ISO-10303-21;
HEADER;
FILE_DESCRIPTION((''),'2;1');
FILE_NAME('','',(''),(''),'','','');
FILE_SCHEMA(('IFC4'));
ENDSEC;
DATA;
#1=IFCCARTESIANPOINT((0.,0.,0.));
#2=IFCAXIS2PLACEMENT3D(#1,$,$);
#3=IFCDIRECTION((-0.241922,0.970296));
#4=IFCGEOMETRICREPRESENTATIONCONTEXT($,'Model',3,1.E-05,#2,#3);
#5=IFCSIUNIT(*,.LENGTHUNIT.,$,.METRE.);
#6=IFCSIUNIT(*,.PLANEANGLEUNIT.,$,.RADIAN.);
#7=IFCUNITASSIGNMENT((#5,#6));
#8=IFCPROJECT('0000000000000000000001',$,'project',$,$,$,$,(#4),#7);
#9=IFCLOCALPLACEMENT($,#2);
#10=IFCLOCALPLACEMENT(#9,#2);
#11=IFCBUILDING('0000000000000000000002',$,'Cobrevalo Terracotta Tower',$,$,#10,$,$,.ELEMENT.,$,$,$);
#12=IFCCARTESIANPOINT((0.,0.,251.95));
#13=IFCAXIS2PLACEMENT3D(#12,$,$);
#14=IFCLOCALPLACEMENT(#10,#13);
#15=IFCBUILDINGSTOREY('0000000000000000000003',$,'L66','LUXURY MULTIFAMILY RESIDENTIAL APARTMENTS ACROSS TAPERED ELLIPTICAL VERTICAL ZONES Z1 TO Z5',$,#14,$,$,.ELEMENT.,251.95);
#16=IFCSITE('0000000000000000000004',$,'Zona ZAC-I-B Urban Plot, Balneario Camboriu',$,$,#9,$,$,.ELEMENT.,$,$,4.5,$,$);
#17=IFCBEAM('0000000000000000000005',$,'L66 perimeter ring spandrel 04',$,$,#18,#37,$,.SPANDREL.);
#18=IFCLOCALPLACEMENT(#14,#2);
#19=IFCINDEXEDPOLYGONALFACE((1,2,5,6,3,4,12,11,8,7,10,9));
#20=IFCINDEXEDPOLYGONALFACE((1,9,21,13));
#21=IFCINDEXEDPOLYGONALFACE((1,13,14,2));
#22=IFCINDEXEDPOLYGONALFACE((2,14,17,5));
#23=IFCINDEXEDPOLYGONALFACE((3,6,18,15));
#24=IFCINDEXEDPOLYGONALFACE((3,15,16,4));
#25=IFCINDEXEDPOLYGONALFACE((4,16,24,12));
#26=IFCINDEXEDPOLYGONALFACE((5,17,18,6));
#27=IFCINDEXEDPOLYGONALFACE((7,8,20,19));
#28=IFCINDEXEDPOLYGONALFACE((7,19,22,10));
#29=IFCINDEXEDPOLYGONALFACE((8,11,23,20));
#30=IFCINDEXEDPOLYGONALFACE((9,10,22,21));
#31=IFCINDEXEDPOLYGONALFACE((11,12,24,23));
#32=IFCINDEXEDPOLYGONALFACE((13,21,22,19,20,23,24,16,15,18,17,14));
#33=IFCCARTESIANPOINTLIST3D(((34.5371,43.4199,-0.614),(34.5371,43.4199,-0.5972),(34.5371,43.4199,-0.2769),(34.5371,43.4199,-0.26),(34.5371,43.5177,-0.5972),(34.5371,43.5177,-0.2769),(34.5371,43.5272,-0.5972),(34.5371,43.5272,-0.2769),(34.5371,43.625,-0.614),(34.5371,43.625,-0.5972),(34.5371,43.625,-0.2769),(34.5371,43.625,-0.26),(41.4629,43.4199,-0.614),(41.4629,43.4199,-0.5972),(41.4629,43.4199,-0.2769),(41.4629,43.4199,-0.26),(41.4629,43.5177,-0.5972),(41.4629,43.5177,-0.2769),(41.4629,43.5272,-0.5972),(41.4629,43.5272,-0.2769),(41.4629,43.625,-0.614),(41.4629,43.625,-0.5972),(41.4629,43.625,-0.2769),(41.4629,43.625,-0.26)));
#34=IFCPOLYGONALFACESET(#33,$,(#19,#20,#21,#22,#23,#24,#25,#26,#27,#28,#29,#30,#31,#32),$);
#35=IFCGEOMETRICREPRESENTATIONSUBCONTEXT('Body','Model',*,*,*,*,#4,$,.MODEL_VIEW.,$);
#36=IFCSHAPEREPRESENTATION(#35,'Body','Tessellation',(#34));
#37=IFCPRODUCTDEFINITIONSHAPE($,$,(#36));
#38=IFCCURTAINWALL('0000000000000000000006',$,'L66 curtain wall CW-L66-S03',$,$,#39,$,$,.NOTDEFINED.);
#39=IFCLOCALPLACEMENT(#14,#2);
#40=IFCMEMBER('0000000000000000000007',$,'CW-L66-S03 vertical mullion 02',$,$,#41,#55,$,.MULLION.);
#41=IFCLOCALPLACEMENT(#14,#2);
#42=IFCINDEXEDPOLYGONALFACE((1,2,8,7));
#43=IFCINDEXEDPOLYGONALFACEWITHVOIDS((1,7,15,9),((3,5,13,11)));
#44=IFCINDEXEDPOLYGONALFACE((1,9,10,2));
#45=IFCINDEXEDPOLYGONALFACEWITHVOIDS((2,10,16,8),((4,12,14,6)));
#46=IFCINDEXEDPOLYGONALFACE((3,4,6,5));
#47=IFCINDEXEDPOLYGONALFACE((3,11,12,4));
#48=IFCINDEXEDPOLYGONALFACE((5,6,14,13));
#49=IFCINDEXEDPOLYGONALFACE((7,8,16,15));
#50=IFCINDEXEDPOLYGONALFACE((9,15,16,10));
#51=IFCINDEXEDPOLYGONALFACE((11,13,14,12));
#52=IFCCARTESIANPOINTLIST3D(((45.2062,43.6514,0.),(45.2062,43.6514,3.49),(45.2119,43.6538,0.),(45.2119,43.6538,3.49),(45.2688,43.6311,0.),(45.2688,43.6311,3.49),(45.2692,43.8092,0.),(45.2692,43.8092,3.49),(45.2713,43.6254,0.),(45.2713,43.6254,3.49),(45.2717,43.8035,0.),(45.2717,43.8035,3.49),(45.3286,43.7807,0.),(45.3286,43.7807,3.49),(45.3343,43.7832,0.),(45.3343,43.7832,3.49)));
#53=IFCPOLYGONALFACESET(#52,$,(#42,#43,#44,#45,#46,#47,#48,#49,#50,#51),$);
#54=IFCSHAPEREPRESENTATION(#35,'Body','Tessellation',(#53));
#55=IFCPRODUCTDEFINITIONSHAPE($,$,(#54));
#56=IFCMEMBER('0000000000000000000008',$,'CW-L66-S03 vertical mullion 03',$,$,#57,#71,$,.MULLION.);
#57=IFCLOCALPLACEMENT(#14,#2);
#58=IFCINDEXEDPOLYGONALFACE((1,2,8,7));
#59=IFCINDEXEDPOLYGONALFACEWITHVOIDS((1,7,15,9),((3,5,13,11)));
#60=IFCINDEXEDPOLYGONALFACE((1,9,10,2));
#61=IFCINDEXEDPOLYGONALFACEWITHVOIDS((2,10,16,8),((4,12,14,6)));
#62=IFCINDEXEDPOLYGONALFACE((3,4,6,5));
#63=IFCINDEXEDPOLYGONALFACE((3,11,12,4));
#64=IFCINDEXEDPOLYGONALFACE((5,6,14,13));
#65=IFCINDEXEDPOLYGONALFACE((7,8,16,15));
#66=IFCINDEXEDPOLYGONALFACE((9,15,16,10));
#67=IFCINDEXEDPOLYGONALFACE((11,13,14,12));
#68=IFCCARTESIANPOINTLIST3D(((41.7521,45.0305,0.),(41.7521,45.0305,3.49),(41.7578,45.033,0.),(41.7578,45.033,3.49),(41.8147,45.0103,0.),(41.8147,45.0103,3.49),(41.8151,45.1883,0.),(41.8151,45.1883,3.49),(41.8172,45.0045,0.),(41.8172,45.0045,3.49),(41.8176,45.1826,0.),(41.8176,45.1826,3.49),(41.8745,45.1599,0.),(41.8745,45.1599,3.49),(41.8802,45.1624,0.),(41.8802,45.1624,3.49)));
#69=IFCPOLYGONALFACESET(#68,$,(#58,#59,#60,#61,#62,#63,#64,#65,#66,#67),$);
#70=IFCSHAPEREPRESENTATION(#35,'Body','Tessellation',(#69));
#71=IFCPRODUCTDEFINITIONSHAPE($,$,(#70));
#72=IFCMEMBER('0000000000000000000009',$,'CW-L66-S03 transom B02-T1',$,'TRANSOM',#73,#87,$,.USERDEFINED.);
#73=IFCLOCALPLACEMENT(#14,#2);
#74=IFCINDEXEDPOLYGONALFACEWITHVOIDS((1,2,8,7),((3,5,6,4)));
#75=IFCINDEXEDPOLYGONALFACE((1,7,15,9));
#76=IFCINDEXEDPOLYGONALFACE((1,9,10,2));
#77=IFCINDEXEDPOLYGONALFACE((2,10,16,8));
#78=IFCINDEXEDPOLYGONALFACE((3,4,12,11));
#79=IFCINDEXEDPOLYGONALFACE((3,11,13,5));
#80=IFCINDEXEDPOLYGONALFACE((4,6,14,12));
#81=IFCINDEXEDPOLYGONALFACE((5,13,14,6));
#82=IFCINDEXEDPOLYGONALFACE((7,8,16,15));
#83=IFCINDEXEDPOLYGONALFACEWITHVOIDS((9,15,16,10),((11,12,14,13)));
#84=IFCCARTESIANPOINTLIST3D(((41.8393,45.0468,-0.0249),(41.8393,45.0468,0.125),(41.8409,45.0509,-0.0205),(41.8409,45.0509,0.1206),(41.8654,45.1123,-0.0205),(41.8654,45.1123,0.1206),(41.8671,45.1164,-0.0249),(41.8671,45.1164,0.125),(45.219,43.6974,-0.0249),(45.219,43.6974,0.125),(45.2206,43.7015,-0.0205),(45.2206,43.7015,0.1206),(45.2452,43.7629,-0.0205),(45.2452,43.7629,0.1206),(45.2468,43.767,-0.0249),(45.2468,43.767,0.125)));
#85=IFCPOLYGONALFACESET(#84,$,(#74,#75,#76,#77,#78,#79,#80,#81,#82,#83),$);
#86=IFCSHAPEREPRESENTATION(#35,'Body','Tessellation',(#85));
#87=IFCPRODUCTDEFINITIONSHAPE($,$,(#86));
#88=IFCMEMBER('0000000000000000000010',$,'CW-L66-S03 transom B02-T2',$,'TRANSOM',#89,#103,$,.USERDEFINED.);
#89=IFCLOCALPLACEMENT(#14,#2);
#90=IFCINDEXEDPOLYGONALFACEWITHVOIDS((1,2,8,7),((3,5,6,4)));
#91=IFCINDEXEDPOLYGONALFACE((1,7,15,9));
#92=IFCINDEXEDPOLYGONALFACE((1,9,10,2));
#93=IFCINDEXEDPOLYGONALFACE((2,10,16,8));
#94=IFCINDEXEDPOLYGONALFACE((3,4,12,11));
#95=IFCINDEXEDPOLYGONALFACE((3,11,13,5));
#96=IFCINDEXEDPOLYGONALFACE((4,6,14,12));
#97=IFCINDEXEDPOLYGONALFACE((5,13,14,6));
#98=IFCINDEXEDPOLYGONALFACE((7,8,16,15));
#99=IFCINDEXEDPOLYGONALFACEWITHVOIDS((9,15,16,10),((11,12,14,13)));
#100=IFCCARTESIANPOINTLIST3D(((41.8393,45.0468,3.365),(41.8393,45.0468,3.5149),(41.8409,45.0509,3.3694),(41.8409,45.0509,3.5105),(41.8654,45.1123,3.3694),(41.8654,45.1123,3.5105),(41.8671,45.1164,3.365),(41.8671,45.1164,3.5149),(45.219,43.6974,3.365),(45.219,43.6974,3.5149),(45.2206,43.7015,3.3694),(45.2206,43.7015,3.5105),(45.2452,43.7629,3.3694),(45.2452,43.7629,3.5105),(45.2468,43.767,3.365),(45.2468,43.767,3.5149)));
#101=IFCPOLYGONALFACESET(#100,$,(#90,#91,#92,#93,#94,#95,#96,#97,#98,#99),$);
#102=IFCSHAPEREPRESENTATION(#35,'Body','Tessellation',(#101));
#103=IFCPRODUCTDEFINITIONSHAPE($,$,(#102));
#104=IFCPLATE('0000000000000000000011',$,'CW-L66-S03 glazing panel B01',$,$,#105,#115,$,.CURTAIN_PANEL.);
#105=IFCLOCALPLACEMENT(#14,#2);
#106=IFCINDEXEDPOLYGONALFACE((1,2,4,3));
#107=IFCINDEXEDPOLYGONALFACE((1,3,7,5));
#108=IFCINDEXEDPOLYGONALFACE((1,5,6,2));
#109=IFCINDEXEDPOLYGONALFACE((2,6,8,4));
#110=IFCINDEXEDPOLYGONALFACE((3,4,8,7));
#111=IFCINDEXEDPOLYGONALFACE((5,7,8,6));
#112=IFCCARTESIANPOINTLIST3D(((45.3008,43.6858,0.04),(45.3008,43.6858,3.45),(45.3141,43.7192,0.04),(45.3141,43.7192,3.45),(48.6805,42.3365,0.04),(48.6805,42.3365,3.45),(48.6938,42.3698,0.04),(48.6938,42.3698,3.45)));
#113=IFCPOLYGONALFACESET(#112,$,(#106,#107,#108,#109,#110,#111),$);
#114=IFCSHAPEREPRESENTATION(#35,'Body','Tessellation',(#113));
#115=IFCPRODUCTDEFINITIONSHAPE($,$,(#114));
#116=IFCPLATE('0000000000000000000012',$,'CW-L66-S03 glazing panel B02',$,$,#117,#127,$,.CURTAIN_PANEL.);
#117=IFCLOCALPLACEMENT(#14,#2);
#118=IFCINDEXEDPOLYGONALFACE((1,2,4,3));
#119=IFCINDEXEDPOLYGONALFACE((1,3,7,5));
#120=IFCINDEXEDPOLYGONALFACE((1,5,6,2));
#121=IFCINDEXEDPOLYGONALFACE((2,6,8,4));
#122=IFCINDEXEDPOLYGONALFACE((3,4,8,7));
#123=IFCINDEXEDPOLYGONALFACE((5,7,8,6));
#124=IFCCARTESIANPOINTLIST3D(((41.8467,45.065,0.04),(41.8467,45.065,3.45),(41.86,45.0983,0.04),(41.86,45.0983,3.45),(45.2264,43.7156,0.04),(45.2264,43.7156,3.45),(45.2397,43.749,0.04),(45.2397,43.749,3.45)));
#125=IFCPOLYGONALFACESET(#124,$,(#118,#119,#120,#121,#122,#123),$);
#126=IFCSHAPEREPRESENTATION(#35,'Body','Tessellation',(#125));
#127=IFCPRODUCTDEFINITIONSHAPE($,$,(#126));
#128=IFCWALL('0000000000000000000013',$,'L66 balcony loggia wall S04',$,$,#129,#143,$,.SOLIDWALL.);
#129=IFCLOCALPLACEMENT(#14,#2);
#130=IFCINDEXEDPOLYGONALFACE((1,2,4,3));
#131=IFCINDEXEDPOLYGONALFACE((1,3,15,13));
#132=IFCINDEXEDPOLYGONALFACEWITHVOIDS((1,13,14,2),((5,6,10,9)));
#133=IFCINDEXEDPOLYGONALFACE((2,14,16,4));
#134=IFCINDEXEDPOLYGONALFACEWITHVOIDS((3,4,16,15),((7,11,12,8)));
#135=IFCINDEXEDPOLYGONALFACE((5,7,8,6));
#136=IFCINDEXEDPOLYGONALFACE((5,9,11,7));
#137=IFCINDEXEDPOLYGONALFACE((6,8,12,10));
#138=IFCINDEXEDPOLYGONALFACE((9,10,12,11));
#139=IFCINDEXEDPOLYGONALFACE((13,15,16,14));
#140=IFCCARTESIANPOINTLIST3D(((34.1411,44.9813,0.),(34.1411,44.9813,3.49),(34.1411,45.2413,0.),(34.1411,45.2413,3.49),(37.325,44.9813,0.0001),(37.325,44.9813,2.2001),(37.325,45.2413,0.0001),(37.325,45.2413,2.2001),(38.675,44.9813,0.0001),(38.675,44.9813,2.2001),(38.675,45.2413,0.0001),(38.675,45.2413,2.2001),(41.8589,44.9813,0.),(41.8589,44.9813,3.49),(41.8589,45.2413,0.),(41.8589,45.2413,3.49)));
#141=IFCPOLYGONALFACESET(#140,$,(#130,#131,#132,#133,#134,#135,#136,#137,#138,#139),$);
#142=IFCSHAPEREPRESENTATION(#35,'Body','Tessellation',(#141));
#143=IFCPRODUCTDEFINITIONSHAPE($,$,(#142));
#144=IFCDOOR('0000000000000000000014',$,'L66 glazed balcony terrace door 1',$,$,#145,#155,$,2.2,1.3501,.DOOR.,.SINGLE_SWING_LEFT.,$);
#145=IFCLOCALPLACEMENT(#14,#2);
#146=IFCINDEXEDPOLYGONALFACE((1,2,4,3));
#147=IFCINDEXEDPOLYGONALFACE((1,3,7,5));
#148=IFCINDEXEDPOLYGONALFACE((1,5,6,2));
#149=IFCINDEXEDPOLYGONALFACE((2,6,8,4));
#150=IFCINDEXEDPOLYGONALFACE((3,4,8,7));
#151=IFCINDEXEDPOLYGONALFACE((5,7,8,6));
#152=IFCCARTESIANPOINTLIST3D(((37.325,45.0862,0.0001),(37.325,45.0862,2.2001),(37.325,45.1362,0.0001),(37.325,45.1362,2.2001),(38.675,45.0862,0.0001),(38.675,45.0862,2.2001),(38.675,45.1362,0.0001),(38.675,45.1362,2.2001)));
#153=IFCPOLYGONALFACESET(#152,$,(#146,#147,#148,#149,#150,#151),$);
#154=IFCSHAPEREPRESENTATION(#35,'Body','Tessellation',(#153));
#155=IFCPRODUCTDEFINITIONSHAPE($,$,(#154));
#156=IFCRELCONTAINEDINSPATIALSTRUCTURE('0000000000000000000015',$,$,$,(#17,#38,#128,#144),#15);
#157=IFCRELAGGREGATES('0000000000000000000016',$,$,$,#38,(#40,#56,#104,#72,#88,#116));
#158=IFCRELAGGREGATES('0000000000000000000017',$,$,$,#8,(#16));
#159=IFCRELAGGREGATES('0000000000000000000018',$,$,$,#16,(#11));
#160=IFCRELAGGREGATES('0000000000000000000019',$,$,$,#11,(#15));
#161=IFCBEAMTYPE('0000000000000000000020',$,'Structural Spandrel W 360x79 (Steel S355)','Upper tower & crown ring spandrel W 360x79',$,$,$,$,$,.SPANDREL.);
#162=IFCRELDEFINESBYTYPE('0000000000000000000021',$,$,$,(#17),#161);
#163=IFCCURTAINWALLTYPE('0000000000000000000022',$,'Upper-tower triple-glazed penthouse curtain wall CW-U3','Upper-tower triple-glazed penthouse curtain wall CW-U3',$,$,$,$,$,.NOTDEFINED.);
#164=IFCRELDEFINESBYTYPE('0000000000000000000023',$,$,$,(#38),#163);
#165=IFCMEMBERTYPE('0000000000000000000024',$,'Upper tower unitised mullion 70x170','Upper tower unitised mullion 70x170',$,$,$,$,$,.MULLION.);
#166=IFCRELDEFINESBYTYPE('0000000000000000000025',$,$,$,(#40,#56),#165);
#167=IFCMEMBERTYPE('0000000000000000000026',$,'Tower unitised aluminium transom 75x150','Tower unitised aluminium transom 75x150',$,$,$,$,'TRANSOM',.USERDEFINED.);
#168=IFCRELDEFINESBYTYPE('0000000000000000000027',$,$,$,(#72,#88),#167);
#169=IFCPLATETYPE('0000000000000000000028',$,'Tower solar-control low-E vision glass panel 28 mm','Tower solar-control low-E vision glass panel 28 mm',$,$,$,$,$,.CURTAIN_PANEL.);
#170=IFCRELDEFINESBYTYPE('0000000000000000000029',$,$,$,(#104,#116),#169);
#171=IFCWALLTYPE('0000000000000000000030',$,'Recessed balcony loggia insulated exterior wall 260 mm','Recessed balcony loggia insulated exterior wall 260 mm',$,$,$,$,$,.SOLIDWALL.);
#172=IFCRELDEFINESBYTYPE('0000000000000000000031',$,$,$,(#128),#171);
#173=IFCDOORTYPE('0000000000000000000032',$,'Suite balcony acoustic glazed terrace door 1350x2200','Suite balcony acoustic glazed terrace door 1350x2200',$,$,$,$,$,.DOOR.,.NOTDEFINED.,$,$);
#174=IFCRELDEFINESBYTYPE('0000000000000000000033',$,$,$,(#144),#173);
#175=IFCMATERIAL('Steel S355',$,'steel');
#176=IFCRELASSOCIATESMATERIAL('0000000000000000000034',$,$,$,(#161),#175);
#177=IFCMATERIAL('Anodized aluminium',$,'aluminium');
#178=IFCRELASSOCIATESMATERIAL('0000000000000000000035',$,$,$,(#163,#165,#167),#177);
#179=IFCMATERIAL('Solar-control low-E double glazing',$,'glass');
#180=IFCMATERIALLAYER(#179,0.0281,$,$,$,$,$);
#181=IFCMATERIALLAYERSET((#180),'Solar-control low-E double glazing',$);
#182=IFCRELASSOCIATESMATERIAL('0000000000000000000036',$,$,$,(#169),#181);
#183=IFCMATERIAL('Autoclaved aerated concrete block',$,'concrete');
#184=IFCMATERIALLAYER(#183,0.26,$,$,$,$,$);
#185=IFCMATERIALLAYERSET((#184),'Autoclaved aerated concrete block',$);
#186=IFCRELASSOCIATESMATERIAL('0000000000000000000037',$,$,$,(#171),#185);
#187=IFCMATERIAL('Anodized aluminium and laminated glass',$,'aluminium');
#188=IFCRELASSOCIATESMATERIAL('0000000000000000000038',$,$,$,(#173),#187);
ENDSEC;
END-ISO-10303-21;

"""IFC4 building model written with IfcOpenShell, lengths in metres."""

from ifc_helpers import new_model, si_unit, direction, frame, frame_2d, origin, origin_2d, place, context, subcontext, project, spatial, rectangle, hollow_rectangle, i_section, extrude, source, transform, mapped, material, layer, layer_set, material_profile, profile_set, type_object, element, fill, aggregate, save


model = new_model("IFC4")

# Units and contexts
model_context = context("Model", 3, precision=1e-05, world=origin(), true_north=direction((-0.241922, 0.970296)))
body_context = subcontext(model_context, "Body", "Model", "MODEL_VIEW")
ifc_project = project(units=[si_unit("LENGTHUNIT", "METRE"), si_unit("PLANEANGLEUNIT", "RADIAN")], contexts=[model_context])

# Site, building, storey
site_placement = place(None, origin())
site = spatial("IfcSite", under=ifc_project, at=site_placement, Name="Zona ZAC-I-B Urban Plot, Balneario Camboriu", CompositionType="ELEMENT", RefElevation=4.5)
building_placement = place(site_placement, origin())
building = spatial("IfcBuilding", under=site, at=building_placement, Name="Cobrevalo Terracotta Tower", CompositionType="ELEMENT")
storey_placement = place(building_placement, frame((0.0, 0.0, 251.95)))
storey = spatial("IfcBuildingStorey", under=building, at=storey_placement, Name="L66", Description="LUXURY MULTIFAMILY RESIDENTIAL APARTMENTS ACROSS TAPERED ELLIPTICAL VERTICAL ZONES Z1 TO Z5", CompositionType="ELEMENT", Elevation=251.95)

# Shared definitions
ifc_material_1 = material(Name="Steel S355", Category="steel")

# Beam
ifc_material_profile_1 = material_profile(ifc_material_1, i_section(OverallWidth=0.2051, OverallDepth=0.354, WebThickness=0.0095, FlangeThickness=0.0168, at=origin_2d()), Name="W 360x79")
ifc_profile_set_1 = profile_set([ifc_material_profile_1], Name="Steel S355")
beam_type_1 = type_object("IfcBeamType", Name="Structural Spandrel W 360x79 (Steel S355)", Description="Upper tower & crown ring spandrel W 360x79", PredefinedType="SPANDREL", material=ifc_profile_set_1)
beam_1_placement = place(storey_placement, frame((41.4629, 43.5225, -0.437), z_axis=(-1.0, 0.0, 0.0), x_axis=(0.0, -1.0, 0.0)))
element("IfcBeam", 1, at=beam_1_placement, inside=storey, type_object=beam_type_1, Name="L66 perimeter ring spandrel 04", PredefinedType="SPANDREL", context=body_context, shape_type="SweptSolid", body=[
    extrude(i_section(OverallWidth=0.2051, OverallDepth=0.354, WebThickness=0.0095, FlangeThickness=0.0168, at=origin_2d()), origin(), (0.0, 0.0, 1.0), 6.9258),
])

# Curtain wall, members, plates
ifc_material_2 = material(Name="Anodized aluminium", Category="aluminium")
curtain_wall_type = type_object("IfcCurtainWallType", Name="Upper-tower triple-glazed penthouse curtain wall CW-U3", Description="Upper-tower triple-glazed penthouse curtain wall CW-U3", PredefinedType="NOTDEFINED", material=ifc_material_2)
curtain_wall_placement = place(storey_placement, origin())
curtain_wall = element("IfcCurtainWall", 2, at=curtain_wall_placement, inside=storey, type_object=curtain_wall_type, Name="L66 curtain wall CW-L66-S03", PredefinedType="NOTDEFINED")
ifc_material_profile_2 = material_profile(ifc_material_2, hollow_rectangle(XDim=0.0701, YDim=0.1699, WallThickness=0.0044, at=origin_2d()), Name="CWM 70x170")
ifc_profile_set_2 = profile_set([ifc_material_profile_2], Name="Anodized aluminium")
member_type_1 = type_object("IfcMemberType", Name="Upper tower unitised mullion 70x170", Description="Upper tower unitised mullion 70x170", PredefinedType="MULLION", material=ifc_profile_set_2)
shared_shape_1 = source(origin(), body_context, "Body", "SweptSolid", [
    extrude(hollow_rectangle(XDim=0.0701, YDim=0.1699, WallThickness=0.0044, at=origin_2d()), origin(), (0.0, 0.0, 1.0), 3.49),
])
member_1_placement = place(storey_placement, frame((45.2703, 43.7173, 0.0), z_axis=(0.0, 0.0, 1.0), x_axis=(-0.928719, 0.370784, 0.0)))
member_1 = element("IfcMember", 3, at=member_1_placement, type_object=member_type_1, Name="CW-L66-S03 vertical mullion 02", PredefinedType="MULLION", context=body_context, shape_type="MappedRepresentation", body=[
    mapped(shared_shape_1, transform((0.0, 0.0, 0.0), scale=1.0)),
])
member_2_placement = place(storey_placement, frame((41.8162, 45.0964, 0.0), z_axis=(0.0, 0.0, 1.0), x_axis=(-0.928719, 0.370784, 0.0)))
member_2 = element("IfcMember", 4, at=member_2_placement, type_object=member_type_1, Name="CW-L66-S03 vertical mullion 03", PredefinedType="MULLION", context=body_context, shape_type="MappedRepresentation", body=[
    mapped(shared_shape_1, transform((0.0, 0.0, 0.0), scale=1.0)),
])
ifc_material_profile_3 = material_profile(ifc_material_2, hollow_rectangle(XDim=0.075, YDim=0.1499, WallThickness=0.0044, at=origin_2d()), Name="CWT 75x150")
ifc_profile_set_3 = profile_set([ifc_material_profile_3], Name="Anodized aluminium")
member_type_2 = type_object("IfcMemberType", Name="Tower unitised aluminium transom 75x150", Description="Tower unitised aluminium transom 75x150", ElementType="TRANSOM", PredefinedType="USERDEFINED", material=ifc_profile_set_3)
shared_shape_2 = source(origin(), body_context, "Body", "SweptSolid", [
    extrude(hollow_rectangle(XDim=0.075, YDim=0.1499, WallThickness=0.0044, at=origin_2d()), origin(), (0.0, 0.0, 1.0), 3.6392),
])
member_3_placement = place(storey_placement, frame((45.2329, 43.7322, 0.05), z_axis=(-0.928712, 0.370801, 0.0), x_axis=(-0.370801, -0.928712, 0.0)))
member_3 = element("IfcMember", 5, at=member_3_placement, type_object=member_type_2, Name="CW-L66-S03 transom B02-T1", ObjectType="TRANSOM", PredefinedType="USERDEFINED", context=body_context, shape_type="MappedRepresentation", body=[
    mapped(shared_shape_2, transform((0.0, 0.0, 0.0), scale=1.0)),
])
member_4_placement = place(storey_placement, frame((45.2329, 43.7322, 3.4399), z_axis=(-0.928712, 0.370801, 0.0), x_axis=(-0.370801, -0.928712, 0.0)))
member_4 = element("IfcMember", 6, at=member_4_placement, type_object=member_type_2, Name="CW-L66-S03 transom B02-T2", ObjectType="TRANSOM", PredefinedType="USERDEFINED", context=body_context, shape_type="MappedRepresentation", body=[
    mapped(shared_shape_2, transform((0.0, 0.0, 0.0), scale=1.0)),
])
ifc_material_3 = material(Name="Solar-control low-E double glazing", Category="glass")
ifc_layer_1 = layer(ifc_material_3, 0.0281)
ifc_layer_set_1 = layer_set([ifc_layer_1], Name="Solar-control low-E double glazing")
plate_type = type_object("IfcPlateType", Name="Tower solar-control low-E vision glass panel 28 mm", Description="Tower solar-control low-E vision glass panel 28 mm", PredefinedType="CURTAIN_PANEL", material=ifc_layer_set_1)
shared_shape_3 = source(origin(), body_context, "Body", "SweptSolid", [
    extrude(rectangle(XDim=3.6392, YDim=0.0359, at=origin_2d()), origin(), (0.0, 0.0, 1.0), 3.4099),
])
plate_1_placement = place(storey_placement, frame((46.9973, 43.0278, 0.04), z_axis=(0.0, 0.0, 1.0), x_axis=(-0.928718, 0.370786, 0.0)))
plate_1 = element("IfcPlate", 7, at=plate_1_placement, type_object=plate_type, Name="CW-L66-S03 glazing panel B01", PredefinedType="CURTAIN_PANEL", context=body_context, shape_type="MappedRepresentation", body=[
    mapped(shared_shape_3, transform((0.0, 0.0, 0.0), scale=1.0)),
])
plate_2_placement = place(storey_placement, frame((43.5432, 44.407, 0.04), z_axis=(0.0, 0.0, 1.0), x_axis=(-0.928718, 0.370786, 0.0)))
plate_2 = element("IfcPlate", 8, at=plate_2_placement, type_object=plate_type, Name="CW-L66-S03 glazing panel B02", PredefinedType="CURTAIN_PANEL", context=body_context, shape_type="MappedRepresentation", body=[
    mapped(shared_shape_3, transform((0.0, 0.0, 0.0), scale=1.0)),
])
aggregate(curtain_wall, [member_1, member_2, plate_1, member_3, member_4, plate_2])

# Wall, opening, door
ifc_material_4 = material(Name="Autoclaved aerated concrete block", Category="concrete")
ifc_layer_2 = layer(ifc_material_4, 0.26)
ifc_layer_set_2 = layer_set([ifc_layer_2], Name="Autoclaved aerated concrete block")
wall_type_1 = type_object("IfcWallType", Name="Recessed balcony loggia insulated exterior wall 260 mm", Description="Recessed balcony loggia insulated exterior wall 260 mm", PredefinedType="SOLIDWALL", material=ifc_layer_set_2)
wall_1_placement = place(storey_placement, frame((41.8589, 45.1113, 0.0), z_axis=(0.0, 0.0, 1.0), x_axis=(-1.0, 0.0, 0.0)))
wall_1 = element("IfcWall", 9, at=wall_1_placement, inside=storey, type_object=wall_type_1, Name="L66 balcony loggia wall S04", PredefinedType="SOLIDWALL", context=body_context, shape_type="SweptSolid", body=[
    extrude(rectangle(XDim=7.7178, YDim=0.26, at=frame_2d((3.8589, 0.0))), origin(), (0.0, 0.0, 1.0), 3.49),
])
opening_1_placement = place(wall_1_placement, frame((3.1838, 0.0, 0.0)))
opening_1 = element("IfcOpeningElement", 10, at=opening_1_placement, cuts=wall_1, PredefinedType="OPENING", context=body_context, shape_type="SweptSolid", body=[
    extrude(rectangle(XDim=1.3501, YDim=2.2, at=frame_2d((0.675, 1.1001))), frame((0.0, 0.1401, 0.0), z_axis=(0.0, -1.0, 0.0), x_axis=(1.0, 0.0, 0.0)), (0.0, 0.0, 1.0), 0.28),
])
ifc_material_5 = material(Name="Anodized aluminium and laminated glass", Category="aluminium")
door_type_1 = type_object("IfcDoorType", Name="Suite balcony acoustic glazed terrace door 1350x2200", Description="Suite balcony acoustic glazed terrace door 1350x2200", OperationType="NOTDEFINED", PredefinedType="DOOR", material=ifc_material_5)
shared_shape_4 = source(origin(), body_context, "Body", "SweptSolid", [
    extrude(rectangle(XDim=1.3501, YDim=2.2, at=frame_2d((0.675, 1.1001))), frame((0.0, 0.0249, 0.0), z_axis=(0.0, -1.0, 0.0), x_axis=(1.0, 0.0, 0.0)), (0.0, 0.0, 1.0), 0.05),
])
door_1_placement = place(opening_1_placement, frame((1.3501, 0.0, 0.0), z_axis=(0.0, 0.0, 1.0), x_axis=(-1.0, 0.0, 0.0)))
door_1 = element("IfcDoor", 11, at=door_1_placement, inside=storey, type_object=door_type_1, Name="L66 glazed balcony terrace door 1", OperationType="SINGLE_SWING_LEFT", OverallHeight=2.2, OverallWidth=1.3501, PredefinedType="DOOR", context=body_context, shape_type="MappedRepresentation", body=[
    mapped(shared_shape_4, transform((0.0, 0.0, 0.0), scale=1.0)),
])
fill(opening_1, door_1)

save(model, "model.ifc")
